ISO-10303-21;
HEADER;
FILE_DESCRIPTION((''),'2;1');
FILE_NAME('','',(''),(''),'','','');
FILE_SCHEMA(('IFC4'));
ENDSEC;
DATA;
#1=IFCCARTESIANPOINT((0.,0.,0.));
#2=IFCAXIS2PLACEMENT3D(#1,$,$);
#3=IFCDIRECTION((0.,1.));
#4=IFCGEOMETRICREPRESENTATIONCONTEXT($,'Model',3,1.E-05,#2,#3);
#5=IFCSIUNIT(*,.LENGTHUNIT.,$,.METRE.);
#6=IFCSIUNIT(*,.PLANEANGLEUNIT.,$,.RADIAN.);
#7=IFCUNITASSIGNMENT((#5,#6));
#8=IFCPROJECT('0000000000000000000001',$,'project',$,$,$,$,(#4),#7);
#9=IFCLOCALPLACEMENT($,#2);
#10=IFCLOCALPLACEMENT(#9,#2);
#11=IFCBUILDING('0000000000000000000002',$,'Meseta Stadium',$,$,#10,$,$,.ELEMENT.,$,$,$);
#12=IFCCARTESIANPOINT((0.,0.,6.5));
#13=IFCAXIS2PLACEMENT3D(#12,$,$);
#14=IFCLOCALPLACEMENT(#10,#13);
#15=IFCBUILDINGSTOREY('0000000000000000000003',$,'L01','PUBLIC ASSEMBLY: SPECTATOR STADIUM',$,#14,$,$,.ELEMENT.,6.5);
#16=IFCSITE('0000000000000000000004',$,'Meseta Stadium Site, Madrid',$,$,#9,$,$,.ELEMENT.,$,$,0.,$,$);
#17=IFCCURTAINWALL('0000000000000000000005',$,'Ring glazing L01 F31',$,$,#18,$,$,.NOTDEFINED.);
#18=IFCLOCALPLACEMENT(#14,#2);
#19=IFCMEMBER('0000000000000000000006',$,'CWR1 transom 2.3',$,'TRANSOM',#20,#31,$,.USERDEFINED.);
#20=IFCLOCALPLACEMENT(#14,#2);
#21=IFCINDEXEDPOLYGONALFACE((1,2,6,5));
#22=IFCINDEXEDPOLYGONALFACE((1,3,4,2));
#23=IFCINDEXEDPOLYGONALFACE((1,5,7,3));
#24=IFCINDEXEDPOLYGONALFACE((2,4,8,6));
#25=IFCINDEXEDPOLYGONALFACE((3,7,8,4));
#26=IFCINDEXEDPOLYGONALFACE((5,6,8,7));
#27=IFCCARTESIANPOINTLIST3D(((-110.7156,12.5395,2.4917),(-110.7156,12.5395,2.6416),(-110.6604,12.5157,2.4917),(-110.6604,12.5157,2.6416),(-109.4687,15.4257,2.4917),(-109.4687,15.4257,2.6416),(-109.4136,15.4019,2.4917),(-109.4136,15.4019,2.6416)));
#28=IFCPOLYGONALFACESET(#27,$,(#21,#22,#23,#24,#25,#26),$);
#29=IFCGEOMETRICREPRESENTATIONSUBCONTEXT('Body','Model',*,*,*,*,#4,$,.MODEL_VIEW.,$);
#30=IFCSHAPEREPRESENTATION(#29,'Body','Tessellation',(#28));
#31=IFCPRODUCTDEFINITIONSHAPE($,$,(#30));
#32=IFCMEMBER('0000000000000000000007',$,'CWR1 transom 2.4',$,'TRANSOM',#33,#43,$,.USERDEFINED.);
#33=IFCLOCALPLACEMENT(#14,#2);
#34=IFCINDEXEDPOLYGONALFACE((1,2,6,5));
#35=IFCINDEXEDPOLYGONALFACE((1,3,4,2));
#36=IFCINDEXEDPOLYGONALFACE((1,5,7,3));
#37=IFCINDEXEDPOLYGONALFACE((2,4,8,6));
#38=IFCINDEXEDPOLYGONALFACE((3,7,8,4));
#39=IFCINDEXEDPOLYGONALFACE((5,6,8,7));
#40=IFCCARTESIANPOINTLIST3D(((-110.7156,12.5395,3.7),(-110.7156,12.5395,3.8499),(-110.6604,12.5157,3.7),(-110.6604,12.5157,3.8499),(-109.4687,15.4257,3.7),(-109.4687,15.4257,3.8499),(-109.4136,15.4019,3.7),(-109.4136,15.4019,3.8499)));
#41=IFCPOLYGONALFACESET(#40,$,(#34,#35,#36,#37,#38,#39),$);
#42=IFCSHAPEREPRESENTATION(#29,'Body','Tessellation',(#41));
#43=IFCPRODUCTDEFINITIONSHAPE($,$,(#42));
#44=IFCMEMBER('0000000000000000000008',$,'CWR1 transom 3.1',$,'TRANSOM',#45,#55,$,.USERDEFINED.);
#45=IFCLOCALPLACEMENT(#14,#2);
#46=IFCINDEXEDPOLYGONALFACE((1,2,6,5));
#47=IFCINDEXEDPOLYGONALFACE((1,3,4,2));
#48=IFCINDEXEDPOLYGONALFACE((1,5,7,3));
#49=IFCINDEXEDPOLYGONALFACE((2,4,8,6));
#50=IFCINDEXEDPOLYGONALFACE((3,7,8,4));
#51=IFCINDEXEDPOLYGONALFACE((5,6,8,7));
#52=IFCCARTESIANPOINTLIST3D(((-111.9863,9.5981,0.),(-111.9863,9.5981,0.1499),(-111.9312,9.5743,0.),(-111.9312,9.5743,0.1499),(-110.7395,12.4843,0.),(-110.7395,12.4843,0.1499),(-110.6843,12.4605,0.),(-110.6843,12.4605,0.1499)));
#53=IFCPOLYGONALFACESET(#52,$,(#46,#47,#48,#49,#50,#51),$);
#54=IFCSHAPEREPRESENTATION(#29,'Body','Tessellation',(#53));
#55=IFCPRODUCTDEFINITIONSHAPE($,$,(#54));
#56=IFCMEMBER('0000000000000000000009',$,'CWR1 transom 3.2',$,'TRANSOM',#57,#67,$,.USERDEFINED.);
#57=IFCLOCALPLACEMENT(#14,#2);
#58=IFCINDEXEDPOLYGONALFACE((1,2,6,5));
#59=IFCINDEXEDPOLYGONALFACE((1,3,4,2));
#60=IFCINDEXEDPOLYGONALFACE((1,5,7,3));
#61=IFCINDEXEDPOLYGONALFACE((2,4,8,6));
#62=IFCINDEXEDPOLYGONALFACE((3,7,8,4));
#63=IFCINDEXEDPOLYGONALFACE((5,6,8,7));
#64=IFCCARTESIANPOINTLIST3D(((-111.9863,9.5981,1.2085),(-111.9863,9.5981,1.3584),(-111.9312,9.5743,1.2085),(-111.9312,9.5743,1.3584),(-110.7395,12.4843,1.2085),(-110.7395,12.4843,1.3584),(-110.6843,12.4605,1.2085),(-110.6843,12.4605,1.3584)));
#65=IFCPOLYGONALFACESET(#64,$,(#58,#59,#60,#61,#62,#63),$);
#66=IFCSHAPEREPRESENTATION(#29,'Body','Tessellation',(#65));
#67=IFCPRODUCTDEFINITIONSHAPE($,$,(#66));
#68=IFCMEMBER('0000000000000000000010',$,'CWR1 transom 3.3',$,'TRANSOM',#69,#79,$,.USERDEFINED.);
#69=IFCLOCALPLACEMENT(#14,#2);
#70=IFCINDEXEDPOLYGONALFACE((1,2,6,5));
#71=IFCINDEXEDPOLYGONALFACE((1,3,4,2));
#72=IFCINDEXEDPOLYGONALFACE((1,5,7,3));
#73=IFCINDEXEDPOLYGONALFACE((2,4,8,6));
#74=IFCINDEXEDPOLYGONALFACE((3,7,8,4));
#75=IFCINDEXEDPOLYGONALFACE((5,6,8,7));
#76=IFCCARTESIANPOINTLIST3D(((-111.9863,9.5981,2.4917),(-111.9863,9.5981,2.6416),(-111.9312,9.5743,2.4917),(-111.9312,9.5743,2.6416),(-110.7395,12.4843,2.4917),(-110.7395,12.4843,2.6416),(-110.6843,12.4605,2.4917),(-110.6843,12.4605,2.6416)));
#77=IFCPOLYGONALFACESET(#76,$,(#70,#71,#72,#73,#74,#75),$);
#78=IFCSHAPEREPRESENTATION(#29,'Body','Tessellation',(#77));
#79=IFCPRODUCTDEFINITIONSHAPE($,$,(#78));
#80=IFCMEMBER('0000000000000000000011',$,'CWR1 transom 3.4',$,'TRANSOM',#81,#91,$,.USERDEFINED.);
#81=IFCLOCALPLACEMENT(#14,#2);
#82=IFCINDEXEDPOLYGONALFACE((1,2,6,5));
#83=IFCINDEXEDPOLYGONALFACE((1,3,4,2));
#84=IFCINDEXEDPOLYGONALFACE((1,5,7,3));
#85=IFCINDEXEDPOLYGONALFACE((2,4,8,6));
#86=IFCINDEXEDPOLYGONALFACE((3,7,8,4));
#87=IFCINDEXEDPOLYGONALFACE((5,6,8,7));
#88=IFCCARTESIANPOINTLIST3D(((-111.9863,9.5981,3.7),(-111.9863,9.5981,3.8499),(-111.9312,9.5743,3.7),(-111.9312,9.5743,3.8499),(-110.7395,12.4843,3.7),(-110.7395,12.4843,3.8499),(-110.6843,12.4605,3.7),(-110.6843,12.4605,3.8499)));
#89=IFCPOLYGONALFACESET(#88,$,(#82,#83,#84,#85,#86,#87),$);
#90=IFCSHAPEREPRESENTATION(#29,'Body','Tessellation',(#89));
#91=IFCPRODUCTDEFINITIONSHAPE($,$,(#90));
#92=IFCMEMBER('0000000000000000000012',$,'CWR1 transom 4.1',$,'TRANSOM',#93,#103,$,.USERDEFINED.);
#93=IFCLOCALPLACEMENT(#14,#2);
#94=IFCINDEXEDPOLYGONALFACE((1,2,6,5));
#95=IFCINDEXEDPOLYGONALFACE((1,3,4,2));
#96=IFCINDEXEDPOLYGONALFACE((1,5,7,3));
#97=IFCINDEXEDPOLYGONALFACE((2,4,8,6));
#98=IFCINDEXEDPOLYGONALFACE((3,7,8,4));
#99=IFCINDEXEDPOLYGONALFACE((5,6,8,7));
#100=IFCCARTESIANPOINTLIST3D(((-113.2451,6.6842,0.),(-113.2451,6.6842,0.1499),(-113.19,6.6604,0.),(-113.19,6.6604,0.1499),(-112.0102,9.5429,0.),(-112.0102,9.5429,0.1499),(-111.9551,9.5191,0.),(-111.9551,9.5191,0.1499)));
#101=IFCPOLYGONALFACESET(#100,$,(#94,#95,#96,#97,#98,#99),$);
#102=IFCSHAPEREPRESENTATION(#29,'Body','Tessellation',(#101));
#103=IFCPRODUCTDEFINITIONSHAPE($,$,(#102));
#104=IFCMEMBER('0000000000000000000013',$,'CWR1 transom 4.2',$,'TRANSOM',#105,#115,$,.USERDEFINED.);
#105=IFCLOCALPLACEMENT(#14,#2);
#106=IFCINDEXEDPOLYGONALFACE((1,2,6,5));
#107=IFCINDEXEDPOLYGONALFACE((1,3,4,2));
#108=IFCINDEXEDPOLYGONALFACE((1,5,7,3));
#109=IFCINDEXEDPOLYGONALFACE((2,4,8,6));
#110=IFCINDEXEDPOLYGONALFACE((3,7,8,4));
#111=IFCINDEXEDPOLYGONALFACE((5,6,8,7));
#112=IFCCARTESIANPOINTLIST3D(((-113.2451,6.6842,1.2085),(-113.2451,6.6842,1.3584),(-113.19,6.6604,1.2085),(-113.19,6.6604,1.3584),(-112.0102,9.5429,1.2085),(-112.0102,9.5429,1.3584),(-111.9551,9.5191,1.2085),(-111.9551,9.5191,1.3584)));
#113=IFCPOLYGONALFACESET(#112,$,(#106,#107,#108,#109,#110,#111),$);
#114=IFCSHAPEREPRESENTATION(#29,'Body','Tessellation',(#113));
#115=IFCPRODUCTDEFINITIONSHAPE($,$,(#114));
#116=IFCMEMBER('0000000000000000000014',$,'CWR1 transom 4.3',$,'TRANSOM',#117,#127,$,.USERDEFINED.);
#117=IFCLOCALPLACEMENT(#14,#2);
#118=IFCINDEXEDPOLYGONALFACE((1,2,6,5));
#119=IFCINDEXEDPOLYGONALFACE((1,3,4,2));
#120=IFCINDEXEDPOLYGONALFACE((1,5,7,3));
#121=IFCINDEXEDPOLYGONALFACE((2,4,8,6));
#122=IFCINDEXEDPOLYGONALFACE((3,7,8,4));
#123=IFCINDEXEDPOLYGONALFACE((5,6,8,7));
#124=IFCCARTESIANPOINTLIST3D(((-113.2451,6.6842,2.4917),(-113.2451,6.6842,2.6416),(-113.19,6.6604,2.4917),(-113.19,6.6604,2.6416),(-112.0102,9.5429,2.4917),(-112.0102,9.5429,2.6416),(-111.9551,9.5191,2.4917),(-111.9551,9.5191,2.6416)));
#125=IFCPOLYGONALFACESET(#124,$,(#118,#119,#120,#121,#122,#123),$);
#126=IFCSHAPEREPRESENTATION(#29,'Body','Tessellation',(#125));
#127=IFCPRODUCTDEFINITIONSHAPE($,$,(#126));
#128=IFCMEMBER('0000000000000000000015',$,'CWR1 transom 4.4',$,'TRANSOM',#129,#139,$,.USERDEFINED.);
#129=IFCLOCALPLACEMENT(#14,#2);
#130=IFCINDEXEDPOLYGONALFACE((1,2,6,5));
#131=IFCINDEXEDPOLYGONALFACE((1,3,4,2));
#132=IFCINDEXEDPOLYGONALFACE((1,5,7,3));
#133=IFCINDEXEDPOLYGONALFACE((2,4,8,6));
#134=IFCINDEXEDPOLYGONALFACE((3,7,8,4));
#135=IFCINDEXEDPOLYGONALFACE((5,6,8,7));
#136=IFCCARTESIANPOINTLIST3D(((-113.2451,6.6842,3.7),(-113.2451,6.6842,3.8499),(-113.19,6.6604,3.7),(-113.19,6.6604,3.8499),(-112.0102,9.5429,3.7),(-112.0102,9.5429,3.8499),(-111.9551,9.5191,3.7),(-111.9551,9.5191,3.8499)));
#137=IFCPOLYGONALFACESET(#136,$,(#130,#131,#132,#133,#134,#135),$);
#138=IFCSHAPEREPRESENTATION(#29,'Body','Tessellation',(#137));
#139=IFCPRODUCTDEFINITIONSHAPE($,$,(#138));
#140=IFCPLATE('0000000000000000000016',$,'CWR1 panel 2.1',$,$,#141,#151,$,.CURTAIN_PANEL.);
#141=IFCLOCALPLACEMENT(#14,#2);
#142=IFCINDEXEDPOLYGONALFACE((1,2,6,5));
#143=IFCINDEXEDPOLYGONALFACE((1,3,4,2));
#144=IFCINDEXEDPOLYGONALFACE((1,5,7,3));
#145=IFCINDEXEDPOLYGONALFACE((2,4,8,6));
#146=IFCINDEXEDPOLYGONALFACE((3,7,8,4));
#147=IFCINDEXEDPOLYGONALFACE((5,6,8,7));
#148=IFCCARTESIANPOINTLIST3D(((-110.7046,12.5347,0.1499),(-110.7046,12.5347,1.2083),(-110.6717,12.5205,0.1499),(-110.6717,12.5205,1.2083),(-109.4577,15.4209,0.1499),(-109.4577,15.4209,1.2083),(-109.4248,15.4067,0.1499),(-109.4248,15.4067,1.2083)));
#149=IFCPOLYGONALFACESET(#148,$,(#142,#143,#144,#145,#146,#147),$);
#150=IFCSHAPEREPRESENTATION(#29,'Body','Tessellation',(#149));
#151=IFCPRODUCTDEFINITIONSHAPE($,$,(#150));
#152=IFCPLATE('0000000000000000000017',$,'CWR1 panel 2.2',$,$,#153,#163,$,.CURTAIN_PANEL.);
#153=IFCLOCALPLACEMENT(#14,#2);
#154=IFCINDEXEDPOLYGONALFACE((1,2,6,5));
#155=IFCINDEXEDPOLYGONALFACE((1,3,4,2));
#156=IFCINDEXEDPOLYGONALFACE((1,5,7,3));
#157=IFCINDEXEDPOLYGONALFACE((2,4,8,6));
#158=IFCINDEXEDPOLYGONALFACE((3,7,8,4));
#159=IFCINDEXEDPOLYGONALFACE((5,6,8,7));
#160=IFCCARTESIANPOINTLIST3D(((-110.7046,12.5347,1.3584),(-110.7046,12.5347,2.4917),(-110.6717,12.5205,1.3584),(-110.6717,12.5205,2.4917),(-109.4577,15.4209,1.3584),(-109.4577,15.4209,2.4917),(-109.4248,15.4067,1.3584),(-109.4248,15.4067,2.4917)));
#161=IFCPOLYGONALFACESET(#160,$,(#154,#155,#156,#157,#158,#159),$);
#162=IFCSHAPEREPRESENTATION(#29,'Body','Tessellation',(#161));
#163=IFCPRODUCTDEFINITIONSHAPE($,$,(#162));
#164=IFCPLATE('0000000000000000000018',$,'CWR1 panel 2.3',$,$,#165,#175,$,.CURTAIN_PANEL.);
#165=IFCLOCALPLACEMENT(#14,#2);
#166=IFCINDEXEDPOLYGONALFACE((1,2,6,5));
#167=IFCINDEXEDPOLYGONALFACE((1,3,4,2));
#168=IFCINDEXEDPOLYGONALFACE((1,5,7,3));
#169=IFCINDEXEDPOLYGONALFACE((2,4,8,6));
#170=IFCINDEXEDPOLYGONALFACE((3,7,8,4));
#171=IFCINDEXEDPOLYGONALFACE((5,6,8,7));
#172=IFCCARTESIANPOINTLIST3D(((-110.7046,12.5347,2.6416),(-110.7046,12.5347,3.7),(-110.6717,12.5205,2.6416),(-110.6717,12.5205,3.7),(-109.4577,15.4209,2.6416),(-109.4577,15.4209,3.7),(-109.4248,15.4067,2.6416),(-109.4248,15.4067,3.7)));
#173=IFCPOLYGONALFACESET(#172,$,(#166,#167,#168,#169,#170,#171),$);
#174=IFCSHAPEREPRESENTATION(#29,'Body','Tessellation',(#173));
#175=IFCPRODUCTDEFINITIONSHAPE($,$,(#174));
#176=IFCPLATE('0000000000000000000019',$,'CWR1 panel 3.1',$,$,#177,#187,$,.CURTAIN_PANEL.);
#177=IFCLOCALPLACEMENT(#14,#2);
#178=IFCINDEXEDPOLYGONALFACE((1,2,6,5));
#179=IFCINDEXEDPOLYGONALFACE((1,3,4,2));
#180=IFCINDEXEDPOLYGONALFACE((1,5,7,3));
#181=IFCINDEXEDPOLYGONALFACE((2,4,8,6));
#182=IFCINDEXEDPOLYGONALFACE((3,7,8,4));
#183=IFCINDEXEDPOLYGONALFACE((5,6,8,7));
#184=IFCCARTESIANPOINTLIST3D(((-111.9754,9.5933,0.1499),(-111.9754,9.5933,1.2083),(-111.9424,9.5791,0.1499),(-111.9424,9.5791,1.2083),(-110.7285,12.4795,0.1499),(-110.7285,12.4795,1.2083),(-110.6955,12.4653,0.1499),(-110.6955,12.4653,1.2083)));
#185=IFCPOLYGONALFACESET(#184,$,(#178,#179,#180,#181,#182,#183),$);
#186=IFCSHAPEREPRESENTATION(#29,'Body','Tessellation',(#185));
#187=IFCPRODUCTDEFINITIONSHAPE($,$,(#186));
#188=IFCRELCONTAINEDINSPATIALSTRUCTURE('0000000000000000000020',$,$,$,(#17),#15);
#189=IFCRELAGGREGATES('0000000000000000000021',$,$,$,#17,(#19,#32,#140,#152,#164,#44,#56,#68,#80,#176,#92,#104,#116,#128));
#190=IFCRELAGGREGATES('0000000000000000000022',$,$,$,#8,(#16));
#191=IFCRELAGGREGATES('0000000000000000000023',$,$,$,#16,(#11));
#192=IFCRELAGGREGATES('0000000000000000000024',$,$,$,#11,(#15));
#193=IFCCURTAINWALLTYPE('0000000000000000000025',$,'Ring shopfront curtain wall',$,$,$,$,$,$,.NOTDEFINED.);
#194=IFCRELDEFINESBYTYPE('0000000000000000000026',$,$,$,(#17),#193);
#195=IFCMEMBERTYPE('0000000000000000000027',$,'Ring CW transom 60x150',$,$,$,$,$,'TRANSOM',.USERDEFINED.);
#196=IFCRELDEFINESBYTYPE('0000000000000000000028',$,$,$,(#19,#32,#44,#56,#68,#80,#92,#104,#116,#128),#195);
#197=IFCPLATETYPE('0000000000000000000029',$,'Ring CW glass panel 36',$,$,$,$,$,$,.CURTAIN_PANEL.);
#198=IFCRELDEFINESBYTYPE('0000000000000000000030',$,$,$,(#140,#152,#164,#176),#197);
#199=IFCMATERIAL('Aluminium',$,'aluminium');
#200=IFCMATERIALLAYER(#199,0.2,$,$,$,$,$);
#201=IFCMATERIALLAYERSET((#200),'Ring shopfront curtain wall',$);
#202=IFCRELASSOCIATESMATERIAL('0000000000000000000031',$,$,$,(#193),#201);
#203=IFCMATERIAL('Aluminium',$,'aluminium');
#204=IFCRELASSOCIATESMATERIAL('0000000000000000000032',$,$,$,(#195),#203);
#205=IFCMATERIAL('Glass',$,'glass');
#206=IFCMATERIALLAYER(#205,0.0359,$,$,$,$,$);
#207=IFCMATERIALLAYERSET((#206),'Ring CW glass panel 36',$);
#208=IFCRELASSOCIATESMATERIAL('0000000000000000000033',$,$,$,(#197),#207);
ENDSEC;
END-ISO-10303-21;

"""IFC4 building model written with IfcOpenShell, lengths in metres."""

from ifc_helpers import new_model, si_unit, direction, frame, origin, origin_2d, place, context, subcontext, project, spatial, rectangle, extrude, material, layer, layer_set, material_profile, profile_set, type_object, element, aggregate, save


model = new_model("IFC4")

# Units and contexts
model_context = context("Model", 3, precision=1e-05, world=origin(), true_north=direction((0.0, 1.0)))
body_context = subcontext(model_context, "Body", "Model", "MODEL_VIEW")
ifc_project = project(units=[si_unit("LENGTHUNIT", "METRE"), si_unit("PLANEANGLEUNIT", "RADIAN")], contexts=[model_context])

# Site, building, storey
site_placement = place(None, origin())
site = spatial("IfcSite", under=ifc_project, at=site_placement, Name="Meseta Stadium Site, Madrid", CompositionType="ELEMENT", RefElevation=0.0)
building_placement = place(site_placement, origin())
building = spatial("IfcBuilding", under=site, at=building_placement, Name="Meseta Stadium", CompositionType="ELEMENT")
storey_placement = place(building_placement, frame((0.0, 0.0, 6.5)))
storey = spatial("IfcBuildingStorey", under=building, at=storey_placement, Name="L01", Description="PUBLIC ASSEMBLY: SPECTATOR STADIUM", CompositionType="ELEMENT", Elevation=6.5)

# Curtain wall
ifc_material_1 = material(Name="Aluminium", Category="aluminium")
ifc_layer_1 = layer(ifc_material_1, 0.2)
ifc_layer_set_1 = layer_set([ifc_layer_1], Name="Ring shopfront curtain wall")
curtain_wall_type_1 = type_object("IfcCurtainWallType", Name="Ring shopfront curtain wall", PredefinedType="NOTDEFINED", material=ifc_layer_set_1)
curtain_wall_1_placement = place(storey_placement, origin())
curtain_wall_1 = element("IfcCurtainWall", 1, at=curtain_wall_1_placement, inside=storey, type_object=curtain_wall_type_1, Name="Ring glazing L01 F31", PredefinedType="NOTDEFINED")

# Members
ifc_material_2 = material(Name="Aluminium", Category="aluminium")
ifc_material_profile_1 = material_profile(ifc_material_2, rectangle(XDim=0.0601, YDim=0.1499, at=origin_2d()), Name="CW 60x150")
ifc_profile_set_1 = profile_set([ifc_material_profile_1], Name="Aluminium")
member_type_1 = type_object("IfcMemberType", Name="Ring CW transom 60x150", ElementType="TRANSOM", PredefinedType="USERDEFINED", material=ifc_profile_set_1)
member_1_placement = place(storey_placement, frame((-109.4412, 15.4138, 2.5667), z_axis=(-0.39657, -0.918005, 0.0), x_axis=(0.918005, -0.39657, 0.0)))
member_1 = element("IfcMember", 2, at=member_1_placement, type_object=member_type_1, Name="CWR1 transom 2.3", ObjectType="TRANSOM", PredefinedType="USERDEFINED", context=body_context, shape_type="SweptSolid", body=[
    extrude(rectangle(XDim=0.0601, YDim=0.1499, at=origin_2d()), origin(), (0.0, 0.0, 1.0), 3.144),
])
member_2_placement = place(storey_placement, frame((-109.4412, 15.4138, 3.7749), z_axis=(-0.39657, -0.918005, 0.0), x_axis=(0.918005, -0.39657, 0.0)))
member_2 = element("IfcMember", 3, at=member_2_placement, type_object=member_type_1, Name="CWR1 transom 2.4", ObjectType="TRANSOM", PredefinedType="USERDEFINED", context=body_context, shape_type="SweptSolid", body=[
    extrude(rectangle(XDim=0.0601, YDim=0.1499, at=origin_2d()), origin(), (0.0, 0.0, 1.0), 3.144),
])
member_3_placement = place(storey_placement, frame((-110.7119, 12.4724, 0.075), z_axis=(-0.39657, -0.918005, 0.0), x_axis=(0.918005, -0.39657, 0.0)))
member_3 = element("IfcMember", 4, at=member_3_placement, type_object=member_type_1, Name="CWR1 transom 3.1", ObjectType="TRANSOM", PredefinedType="USERDEFINED", context=body_context, shape_type="SweptSolid", body=[
    extrude(rectangle(XDim=0.0601, YDim=0.1499, at=origin_2d()), origin(), (0.0, 0.0, 1.0), 3.144),
])
member_4_placement = place(storey_placement, frame((-110.7119, 12.4724, 1.2834), z_axis=(-0.39657, -0.918005, 0.0), x_axis=(0.918005, -0.39657, 0.0)))
member_4 = element("IfcMember", 5, at=member_4_placement, type_object=member_type_1, Name="CWR1 transom 3.2", ObjectType="TRANSOM", PredefinedType="USERDEFINED", context=body_context, shape_type="SweptSolid", body=[
    extrude(rectangle(XDim=0.0601, YDim=0.1499, at=origin_2d()), origin(), (0.0, 0.0, 1.0), 3.144),
])
member_5_placement = place(storey_placement, frame((-110.7119, 12.4724, 2.5667), z_axis=(-0.39657, -0.918005, 0.0), x_axis=(0.918005, -0.39657, 0.0)))
member_5 = element("IfcMember", 6, at=member_5_placement, type_object=member_type_1, Name="CWR1 transom 3.3", ObjectType="TRANSOM", PredefinedType="USERDEFINED", context=body_context, shape_type="SweptSolid", body=[
    extrude(rectangle(XDim=0.0601, YDim=0.1499, at=origin_2d()), origin(), (0.0, 0.0, 1.0), 3.144),
])
member_6_placement = place(storey_placement, frame((-110.7119, 12.4724, 3.7749), z_axis=(-0.39657, -0.918005, 0.0), x_axis=(0.918005, -0.39657, 0.0)))
member_6 = element("IfcMember", 7, at=member_6_placement, type_object=member_type_1, Name="CWR1 transom 3.4", ObjectType="TRANSOM", PredefinedType="USERDEFINED", context=body_context, shape_type="SweptSolid", body=[
    extrude(rectangle(XDim=0.0601, YDim=0.1499, at=origin_2d()), origin(), (0.0, 0.0, 1.0), 3.144),
])
member_7_placement = place(storey_placement, frame((-111.9827, 9.531, 0.075), z_axis=(-0.396558, -0.91801, 0.0), x_axis=(0.91801, -0.396558, 0.0)))
member_7 = element("IfcMember", 8, at=member_7_placement, type_object=member_type_1, Name="CWR1 transom 4.1", ObjectType="TRANSOM", PredefinedType="USERDEFINED", context=body_context, shape_type="SweptSolid", body=[
    extrude(rectangle(XDim=0.0601, YDim=0.1499, at=origin_2d()), origin(), (0.0, 0.0, 1.0), 3.114),
])
member_8_placement = place(storey_placement, frame((-111.9827, 9.531, 1.2834), z_axis=(-0.396558, -0.91801, 0.0), x_axis=(0.91801, -0.396558, 0.0)))
member_8 = element("IfcMember", 9, at=member_8_placement, type_object=member_type_1, Name="CWR1 transom 4.2", ObjectType="TRANSOM", PredefinedType="USERDEFINED", context=body_context, shape_type="SweptSolid", body=[
    extrude(rectangle(XDim=0.0601, YDim=0.1499, at=origin_2d()), origin(), (0.0, 0.0, 1.0), 3.114),
])
member_9_placement = place(storey_placement, frame((-111.9827, 9.531, 2.5667), z_axis=(-0.396558, -0.91801, 0.0), x_axis=(0.91801, -0.396558, 0.0)))
member_9 = element("IfcMember", 10, at=member_9_placement, type_object=member_type_1, Name="CWR1 transom 4.3", ObjectType="TRANSOM", PredefinedType="USERDEFINED", context=body_context, shape_type="SweptSolid", body=[
    extrude(rectangle(XDim=0.0601, YDim=0.1499, at=origin_2d()), origin(), (0.0, 0.0, 1.0), 3.114),
])
member_10_placement = place(storey_placement, frame((-111.9827, 9.531, 3.7749), z_axis=(-0.396558, -0.91801, 0.0), x_axis=(0.91801, -0.396558, 0.0)))
member_10 = element("IfcMember", 11, at=member_10_placement, type_object=member_type_1, Name="CWR1 transom 4.4", ObjectType="TRANSOM", PredefinedType="USERDEFINED", context=body_context, shape_type="SweptSolid", body=[
    extrude(rectangle(XDim=0.0601, YDim=0.1499, at=origin_2d()), origin(), (0.0, 0.0, 1.0), 3.114),
])

# Plates
ifc_material_3 = material(Name="Glass", Category="glass")
ifc_layer_2 = layer(ifc_material_3, 0.0359)
ifc_layer_set_2 = layer_set([ifc_layer_2], Name="Ring CW glass panel 36")
plate_type_1 = type_object("IfcPlateType", Name="Ring CW glass panel 36", PredefinedType="CURTAIN_PANEL", material=ifc_layer_set_2)
plate_1_placement = place(storey_placement, frame((-110.0647, 13.9707, 0.1499), z_axis=(0.0, 0.0, 1.0), x_axis=(-0.396581, -0.918, 0.0)))
plate_1 = element("IfcPlate", 12, at=plate_1_placement, type_object=plate_type_1, Name="CWR1 panel 2.1", PredefinedType="CURTAIN_PANEL", context=body_context, shape_type="SweptSolid", body=[
    extrude(rectangle(XDim=3.144, YDim=0.0359, at=origin_2d()), origin(), (0.0, 0.0, 1.0), 1.0583),
])
plate_2_placement = place(storey_placement, frame((-110.0647, 13.9707, 1.3584), z_axis=(0.0, 0.0, 1.0), x_axis=(-0.396581, -0.918, 0.0)))
plate_2 = element("IfcPlate", 13, at=plate_2_placement, type_object=plate_type_1, Name="CWR1 panel 2.2", PredefinedType="CURTAIN_PANEL", context=body_context, shape_type="SweptSolid", body=[
    extrude(rectangle(XDim=3.144, YDim=0.0359, at=origin_2d()), origin(), (0.0, 0.0, 1.0), 1.1333),
])
plate_3_placement = place(storey_placement, frame((-110.0647, 13.9707, 2.6416), z_axis=(0.0, 0.0, 1.0), x_axis=(-0.396581, -0.918, 0.0)))
plate_3 = element("IfcPlate", 14, at=plate_3_placement, type_object=plate_type_1, Name="CWR1 panel 2.3", PredefinedType="CURTAIN_PANEL", context=body_context, shape_type="SweptSolid", body=[
    extrude(rectangle(XDim=3.144, YDim=0.0359, at=origin_2d()), origin(), (0.0, 0.0, 1.0), 1.0583),
])
plate_4_placement = place(storey_placement, frame((-111.3354, 11.0293, 0.1499), z_axis=(0.0, 0.0, 1.0), x_axis=(-0.396581, -0.918, 0.0)))
plate_4 = element("IfcPlate", 15, at=plate_4_placement, type_object=plate_type_1, Name="CWR1 panel 3.1", PredefinedType="CURTAIN_PANEL", context=body_context, shape_type="SweptSolid", body=[
    extrude(rectangle(XDim=3.144, YDim=0.0359, at=origin_2d()), origin(), (0.0, 0.0, 1.0), 1.0583),
])
aggregate(curtain_wall_1, [member_1, member_2, plate_1, plate_2, plate_3, member_3, member_4, member_5, member_6, plate_4, member_7, member_8, member_9, member_10])

save(model, "model.ifc")
